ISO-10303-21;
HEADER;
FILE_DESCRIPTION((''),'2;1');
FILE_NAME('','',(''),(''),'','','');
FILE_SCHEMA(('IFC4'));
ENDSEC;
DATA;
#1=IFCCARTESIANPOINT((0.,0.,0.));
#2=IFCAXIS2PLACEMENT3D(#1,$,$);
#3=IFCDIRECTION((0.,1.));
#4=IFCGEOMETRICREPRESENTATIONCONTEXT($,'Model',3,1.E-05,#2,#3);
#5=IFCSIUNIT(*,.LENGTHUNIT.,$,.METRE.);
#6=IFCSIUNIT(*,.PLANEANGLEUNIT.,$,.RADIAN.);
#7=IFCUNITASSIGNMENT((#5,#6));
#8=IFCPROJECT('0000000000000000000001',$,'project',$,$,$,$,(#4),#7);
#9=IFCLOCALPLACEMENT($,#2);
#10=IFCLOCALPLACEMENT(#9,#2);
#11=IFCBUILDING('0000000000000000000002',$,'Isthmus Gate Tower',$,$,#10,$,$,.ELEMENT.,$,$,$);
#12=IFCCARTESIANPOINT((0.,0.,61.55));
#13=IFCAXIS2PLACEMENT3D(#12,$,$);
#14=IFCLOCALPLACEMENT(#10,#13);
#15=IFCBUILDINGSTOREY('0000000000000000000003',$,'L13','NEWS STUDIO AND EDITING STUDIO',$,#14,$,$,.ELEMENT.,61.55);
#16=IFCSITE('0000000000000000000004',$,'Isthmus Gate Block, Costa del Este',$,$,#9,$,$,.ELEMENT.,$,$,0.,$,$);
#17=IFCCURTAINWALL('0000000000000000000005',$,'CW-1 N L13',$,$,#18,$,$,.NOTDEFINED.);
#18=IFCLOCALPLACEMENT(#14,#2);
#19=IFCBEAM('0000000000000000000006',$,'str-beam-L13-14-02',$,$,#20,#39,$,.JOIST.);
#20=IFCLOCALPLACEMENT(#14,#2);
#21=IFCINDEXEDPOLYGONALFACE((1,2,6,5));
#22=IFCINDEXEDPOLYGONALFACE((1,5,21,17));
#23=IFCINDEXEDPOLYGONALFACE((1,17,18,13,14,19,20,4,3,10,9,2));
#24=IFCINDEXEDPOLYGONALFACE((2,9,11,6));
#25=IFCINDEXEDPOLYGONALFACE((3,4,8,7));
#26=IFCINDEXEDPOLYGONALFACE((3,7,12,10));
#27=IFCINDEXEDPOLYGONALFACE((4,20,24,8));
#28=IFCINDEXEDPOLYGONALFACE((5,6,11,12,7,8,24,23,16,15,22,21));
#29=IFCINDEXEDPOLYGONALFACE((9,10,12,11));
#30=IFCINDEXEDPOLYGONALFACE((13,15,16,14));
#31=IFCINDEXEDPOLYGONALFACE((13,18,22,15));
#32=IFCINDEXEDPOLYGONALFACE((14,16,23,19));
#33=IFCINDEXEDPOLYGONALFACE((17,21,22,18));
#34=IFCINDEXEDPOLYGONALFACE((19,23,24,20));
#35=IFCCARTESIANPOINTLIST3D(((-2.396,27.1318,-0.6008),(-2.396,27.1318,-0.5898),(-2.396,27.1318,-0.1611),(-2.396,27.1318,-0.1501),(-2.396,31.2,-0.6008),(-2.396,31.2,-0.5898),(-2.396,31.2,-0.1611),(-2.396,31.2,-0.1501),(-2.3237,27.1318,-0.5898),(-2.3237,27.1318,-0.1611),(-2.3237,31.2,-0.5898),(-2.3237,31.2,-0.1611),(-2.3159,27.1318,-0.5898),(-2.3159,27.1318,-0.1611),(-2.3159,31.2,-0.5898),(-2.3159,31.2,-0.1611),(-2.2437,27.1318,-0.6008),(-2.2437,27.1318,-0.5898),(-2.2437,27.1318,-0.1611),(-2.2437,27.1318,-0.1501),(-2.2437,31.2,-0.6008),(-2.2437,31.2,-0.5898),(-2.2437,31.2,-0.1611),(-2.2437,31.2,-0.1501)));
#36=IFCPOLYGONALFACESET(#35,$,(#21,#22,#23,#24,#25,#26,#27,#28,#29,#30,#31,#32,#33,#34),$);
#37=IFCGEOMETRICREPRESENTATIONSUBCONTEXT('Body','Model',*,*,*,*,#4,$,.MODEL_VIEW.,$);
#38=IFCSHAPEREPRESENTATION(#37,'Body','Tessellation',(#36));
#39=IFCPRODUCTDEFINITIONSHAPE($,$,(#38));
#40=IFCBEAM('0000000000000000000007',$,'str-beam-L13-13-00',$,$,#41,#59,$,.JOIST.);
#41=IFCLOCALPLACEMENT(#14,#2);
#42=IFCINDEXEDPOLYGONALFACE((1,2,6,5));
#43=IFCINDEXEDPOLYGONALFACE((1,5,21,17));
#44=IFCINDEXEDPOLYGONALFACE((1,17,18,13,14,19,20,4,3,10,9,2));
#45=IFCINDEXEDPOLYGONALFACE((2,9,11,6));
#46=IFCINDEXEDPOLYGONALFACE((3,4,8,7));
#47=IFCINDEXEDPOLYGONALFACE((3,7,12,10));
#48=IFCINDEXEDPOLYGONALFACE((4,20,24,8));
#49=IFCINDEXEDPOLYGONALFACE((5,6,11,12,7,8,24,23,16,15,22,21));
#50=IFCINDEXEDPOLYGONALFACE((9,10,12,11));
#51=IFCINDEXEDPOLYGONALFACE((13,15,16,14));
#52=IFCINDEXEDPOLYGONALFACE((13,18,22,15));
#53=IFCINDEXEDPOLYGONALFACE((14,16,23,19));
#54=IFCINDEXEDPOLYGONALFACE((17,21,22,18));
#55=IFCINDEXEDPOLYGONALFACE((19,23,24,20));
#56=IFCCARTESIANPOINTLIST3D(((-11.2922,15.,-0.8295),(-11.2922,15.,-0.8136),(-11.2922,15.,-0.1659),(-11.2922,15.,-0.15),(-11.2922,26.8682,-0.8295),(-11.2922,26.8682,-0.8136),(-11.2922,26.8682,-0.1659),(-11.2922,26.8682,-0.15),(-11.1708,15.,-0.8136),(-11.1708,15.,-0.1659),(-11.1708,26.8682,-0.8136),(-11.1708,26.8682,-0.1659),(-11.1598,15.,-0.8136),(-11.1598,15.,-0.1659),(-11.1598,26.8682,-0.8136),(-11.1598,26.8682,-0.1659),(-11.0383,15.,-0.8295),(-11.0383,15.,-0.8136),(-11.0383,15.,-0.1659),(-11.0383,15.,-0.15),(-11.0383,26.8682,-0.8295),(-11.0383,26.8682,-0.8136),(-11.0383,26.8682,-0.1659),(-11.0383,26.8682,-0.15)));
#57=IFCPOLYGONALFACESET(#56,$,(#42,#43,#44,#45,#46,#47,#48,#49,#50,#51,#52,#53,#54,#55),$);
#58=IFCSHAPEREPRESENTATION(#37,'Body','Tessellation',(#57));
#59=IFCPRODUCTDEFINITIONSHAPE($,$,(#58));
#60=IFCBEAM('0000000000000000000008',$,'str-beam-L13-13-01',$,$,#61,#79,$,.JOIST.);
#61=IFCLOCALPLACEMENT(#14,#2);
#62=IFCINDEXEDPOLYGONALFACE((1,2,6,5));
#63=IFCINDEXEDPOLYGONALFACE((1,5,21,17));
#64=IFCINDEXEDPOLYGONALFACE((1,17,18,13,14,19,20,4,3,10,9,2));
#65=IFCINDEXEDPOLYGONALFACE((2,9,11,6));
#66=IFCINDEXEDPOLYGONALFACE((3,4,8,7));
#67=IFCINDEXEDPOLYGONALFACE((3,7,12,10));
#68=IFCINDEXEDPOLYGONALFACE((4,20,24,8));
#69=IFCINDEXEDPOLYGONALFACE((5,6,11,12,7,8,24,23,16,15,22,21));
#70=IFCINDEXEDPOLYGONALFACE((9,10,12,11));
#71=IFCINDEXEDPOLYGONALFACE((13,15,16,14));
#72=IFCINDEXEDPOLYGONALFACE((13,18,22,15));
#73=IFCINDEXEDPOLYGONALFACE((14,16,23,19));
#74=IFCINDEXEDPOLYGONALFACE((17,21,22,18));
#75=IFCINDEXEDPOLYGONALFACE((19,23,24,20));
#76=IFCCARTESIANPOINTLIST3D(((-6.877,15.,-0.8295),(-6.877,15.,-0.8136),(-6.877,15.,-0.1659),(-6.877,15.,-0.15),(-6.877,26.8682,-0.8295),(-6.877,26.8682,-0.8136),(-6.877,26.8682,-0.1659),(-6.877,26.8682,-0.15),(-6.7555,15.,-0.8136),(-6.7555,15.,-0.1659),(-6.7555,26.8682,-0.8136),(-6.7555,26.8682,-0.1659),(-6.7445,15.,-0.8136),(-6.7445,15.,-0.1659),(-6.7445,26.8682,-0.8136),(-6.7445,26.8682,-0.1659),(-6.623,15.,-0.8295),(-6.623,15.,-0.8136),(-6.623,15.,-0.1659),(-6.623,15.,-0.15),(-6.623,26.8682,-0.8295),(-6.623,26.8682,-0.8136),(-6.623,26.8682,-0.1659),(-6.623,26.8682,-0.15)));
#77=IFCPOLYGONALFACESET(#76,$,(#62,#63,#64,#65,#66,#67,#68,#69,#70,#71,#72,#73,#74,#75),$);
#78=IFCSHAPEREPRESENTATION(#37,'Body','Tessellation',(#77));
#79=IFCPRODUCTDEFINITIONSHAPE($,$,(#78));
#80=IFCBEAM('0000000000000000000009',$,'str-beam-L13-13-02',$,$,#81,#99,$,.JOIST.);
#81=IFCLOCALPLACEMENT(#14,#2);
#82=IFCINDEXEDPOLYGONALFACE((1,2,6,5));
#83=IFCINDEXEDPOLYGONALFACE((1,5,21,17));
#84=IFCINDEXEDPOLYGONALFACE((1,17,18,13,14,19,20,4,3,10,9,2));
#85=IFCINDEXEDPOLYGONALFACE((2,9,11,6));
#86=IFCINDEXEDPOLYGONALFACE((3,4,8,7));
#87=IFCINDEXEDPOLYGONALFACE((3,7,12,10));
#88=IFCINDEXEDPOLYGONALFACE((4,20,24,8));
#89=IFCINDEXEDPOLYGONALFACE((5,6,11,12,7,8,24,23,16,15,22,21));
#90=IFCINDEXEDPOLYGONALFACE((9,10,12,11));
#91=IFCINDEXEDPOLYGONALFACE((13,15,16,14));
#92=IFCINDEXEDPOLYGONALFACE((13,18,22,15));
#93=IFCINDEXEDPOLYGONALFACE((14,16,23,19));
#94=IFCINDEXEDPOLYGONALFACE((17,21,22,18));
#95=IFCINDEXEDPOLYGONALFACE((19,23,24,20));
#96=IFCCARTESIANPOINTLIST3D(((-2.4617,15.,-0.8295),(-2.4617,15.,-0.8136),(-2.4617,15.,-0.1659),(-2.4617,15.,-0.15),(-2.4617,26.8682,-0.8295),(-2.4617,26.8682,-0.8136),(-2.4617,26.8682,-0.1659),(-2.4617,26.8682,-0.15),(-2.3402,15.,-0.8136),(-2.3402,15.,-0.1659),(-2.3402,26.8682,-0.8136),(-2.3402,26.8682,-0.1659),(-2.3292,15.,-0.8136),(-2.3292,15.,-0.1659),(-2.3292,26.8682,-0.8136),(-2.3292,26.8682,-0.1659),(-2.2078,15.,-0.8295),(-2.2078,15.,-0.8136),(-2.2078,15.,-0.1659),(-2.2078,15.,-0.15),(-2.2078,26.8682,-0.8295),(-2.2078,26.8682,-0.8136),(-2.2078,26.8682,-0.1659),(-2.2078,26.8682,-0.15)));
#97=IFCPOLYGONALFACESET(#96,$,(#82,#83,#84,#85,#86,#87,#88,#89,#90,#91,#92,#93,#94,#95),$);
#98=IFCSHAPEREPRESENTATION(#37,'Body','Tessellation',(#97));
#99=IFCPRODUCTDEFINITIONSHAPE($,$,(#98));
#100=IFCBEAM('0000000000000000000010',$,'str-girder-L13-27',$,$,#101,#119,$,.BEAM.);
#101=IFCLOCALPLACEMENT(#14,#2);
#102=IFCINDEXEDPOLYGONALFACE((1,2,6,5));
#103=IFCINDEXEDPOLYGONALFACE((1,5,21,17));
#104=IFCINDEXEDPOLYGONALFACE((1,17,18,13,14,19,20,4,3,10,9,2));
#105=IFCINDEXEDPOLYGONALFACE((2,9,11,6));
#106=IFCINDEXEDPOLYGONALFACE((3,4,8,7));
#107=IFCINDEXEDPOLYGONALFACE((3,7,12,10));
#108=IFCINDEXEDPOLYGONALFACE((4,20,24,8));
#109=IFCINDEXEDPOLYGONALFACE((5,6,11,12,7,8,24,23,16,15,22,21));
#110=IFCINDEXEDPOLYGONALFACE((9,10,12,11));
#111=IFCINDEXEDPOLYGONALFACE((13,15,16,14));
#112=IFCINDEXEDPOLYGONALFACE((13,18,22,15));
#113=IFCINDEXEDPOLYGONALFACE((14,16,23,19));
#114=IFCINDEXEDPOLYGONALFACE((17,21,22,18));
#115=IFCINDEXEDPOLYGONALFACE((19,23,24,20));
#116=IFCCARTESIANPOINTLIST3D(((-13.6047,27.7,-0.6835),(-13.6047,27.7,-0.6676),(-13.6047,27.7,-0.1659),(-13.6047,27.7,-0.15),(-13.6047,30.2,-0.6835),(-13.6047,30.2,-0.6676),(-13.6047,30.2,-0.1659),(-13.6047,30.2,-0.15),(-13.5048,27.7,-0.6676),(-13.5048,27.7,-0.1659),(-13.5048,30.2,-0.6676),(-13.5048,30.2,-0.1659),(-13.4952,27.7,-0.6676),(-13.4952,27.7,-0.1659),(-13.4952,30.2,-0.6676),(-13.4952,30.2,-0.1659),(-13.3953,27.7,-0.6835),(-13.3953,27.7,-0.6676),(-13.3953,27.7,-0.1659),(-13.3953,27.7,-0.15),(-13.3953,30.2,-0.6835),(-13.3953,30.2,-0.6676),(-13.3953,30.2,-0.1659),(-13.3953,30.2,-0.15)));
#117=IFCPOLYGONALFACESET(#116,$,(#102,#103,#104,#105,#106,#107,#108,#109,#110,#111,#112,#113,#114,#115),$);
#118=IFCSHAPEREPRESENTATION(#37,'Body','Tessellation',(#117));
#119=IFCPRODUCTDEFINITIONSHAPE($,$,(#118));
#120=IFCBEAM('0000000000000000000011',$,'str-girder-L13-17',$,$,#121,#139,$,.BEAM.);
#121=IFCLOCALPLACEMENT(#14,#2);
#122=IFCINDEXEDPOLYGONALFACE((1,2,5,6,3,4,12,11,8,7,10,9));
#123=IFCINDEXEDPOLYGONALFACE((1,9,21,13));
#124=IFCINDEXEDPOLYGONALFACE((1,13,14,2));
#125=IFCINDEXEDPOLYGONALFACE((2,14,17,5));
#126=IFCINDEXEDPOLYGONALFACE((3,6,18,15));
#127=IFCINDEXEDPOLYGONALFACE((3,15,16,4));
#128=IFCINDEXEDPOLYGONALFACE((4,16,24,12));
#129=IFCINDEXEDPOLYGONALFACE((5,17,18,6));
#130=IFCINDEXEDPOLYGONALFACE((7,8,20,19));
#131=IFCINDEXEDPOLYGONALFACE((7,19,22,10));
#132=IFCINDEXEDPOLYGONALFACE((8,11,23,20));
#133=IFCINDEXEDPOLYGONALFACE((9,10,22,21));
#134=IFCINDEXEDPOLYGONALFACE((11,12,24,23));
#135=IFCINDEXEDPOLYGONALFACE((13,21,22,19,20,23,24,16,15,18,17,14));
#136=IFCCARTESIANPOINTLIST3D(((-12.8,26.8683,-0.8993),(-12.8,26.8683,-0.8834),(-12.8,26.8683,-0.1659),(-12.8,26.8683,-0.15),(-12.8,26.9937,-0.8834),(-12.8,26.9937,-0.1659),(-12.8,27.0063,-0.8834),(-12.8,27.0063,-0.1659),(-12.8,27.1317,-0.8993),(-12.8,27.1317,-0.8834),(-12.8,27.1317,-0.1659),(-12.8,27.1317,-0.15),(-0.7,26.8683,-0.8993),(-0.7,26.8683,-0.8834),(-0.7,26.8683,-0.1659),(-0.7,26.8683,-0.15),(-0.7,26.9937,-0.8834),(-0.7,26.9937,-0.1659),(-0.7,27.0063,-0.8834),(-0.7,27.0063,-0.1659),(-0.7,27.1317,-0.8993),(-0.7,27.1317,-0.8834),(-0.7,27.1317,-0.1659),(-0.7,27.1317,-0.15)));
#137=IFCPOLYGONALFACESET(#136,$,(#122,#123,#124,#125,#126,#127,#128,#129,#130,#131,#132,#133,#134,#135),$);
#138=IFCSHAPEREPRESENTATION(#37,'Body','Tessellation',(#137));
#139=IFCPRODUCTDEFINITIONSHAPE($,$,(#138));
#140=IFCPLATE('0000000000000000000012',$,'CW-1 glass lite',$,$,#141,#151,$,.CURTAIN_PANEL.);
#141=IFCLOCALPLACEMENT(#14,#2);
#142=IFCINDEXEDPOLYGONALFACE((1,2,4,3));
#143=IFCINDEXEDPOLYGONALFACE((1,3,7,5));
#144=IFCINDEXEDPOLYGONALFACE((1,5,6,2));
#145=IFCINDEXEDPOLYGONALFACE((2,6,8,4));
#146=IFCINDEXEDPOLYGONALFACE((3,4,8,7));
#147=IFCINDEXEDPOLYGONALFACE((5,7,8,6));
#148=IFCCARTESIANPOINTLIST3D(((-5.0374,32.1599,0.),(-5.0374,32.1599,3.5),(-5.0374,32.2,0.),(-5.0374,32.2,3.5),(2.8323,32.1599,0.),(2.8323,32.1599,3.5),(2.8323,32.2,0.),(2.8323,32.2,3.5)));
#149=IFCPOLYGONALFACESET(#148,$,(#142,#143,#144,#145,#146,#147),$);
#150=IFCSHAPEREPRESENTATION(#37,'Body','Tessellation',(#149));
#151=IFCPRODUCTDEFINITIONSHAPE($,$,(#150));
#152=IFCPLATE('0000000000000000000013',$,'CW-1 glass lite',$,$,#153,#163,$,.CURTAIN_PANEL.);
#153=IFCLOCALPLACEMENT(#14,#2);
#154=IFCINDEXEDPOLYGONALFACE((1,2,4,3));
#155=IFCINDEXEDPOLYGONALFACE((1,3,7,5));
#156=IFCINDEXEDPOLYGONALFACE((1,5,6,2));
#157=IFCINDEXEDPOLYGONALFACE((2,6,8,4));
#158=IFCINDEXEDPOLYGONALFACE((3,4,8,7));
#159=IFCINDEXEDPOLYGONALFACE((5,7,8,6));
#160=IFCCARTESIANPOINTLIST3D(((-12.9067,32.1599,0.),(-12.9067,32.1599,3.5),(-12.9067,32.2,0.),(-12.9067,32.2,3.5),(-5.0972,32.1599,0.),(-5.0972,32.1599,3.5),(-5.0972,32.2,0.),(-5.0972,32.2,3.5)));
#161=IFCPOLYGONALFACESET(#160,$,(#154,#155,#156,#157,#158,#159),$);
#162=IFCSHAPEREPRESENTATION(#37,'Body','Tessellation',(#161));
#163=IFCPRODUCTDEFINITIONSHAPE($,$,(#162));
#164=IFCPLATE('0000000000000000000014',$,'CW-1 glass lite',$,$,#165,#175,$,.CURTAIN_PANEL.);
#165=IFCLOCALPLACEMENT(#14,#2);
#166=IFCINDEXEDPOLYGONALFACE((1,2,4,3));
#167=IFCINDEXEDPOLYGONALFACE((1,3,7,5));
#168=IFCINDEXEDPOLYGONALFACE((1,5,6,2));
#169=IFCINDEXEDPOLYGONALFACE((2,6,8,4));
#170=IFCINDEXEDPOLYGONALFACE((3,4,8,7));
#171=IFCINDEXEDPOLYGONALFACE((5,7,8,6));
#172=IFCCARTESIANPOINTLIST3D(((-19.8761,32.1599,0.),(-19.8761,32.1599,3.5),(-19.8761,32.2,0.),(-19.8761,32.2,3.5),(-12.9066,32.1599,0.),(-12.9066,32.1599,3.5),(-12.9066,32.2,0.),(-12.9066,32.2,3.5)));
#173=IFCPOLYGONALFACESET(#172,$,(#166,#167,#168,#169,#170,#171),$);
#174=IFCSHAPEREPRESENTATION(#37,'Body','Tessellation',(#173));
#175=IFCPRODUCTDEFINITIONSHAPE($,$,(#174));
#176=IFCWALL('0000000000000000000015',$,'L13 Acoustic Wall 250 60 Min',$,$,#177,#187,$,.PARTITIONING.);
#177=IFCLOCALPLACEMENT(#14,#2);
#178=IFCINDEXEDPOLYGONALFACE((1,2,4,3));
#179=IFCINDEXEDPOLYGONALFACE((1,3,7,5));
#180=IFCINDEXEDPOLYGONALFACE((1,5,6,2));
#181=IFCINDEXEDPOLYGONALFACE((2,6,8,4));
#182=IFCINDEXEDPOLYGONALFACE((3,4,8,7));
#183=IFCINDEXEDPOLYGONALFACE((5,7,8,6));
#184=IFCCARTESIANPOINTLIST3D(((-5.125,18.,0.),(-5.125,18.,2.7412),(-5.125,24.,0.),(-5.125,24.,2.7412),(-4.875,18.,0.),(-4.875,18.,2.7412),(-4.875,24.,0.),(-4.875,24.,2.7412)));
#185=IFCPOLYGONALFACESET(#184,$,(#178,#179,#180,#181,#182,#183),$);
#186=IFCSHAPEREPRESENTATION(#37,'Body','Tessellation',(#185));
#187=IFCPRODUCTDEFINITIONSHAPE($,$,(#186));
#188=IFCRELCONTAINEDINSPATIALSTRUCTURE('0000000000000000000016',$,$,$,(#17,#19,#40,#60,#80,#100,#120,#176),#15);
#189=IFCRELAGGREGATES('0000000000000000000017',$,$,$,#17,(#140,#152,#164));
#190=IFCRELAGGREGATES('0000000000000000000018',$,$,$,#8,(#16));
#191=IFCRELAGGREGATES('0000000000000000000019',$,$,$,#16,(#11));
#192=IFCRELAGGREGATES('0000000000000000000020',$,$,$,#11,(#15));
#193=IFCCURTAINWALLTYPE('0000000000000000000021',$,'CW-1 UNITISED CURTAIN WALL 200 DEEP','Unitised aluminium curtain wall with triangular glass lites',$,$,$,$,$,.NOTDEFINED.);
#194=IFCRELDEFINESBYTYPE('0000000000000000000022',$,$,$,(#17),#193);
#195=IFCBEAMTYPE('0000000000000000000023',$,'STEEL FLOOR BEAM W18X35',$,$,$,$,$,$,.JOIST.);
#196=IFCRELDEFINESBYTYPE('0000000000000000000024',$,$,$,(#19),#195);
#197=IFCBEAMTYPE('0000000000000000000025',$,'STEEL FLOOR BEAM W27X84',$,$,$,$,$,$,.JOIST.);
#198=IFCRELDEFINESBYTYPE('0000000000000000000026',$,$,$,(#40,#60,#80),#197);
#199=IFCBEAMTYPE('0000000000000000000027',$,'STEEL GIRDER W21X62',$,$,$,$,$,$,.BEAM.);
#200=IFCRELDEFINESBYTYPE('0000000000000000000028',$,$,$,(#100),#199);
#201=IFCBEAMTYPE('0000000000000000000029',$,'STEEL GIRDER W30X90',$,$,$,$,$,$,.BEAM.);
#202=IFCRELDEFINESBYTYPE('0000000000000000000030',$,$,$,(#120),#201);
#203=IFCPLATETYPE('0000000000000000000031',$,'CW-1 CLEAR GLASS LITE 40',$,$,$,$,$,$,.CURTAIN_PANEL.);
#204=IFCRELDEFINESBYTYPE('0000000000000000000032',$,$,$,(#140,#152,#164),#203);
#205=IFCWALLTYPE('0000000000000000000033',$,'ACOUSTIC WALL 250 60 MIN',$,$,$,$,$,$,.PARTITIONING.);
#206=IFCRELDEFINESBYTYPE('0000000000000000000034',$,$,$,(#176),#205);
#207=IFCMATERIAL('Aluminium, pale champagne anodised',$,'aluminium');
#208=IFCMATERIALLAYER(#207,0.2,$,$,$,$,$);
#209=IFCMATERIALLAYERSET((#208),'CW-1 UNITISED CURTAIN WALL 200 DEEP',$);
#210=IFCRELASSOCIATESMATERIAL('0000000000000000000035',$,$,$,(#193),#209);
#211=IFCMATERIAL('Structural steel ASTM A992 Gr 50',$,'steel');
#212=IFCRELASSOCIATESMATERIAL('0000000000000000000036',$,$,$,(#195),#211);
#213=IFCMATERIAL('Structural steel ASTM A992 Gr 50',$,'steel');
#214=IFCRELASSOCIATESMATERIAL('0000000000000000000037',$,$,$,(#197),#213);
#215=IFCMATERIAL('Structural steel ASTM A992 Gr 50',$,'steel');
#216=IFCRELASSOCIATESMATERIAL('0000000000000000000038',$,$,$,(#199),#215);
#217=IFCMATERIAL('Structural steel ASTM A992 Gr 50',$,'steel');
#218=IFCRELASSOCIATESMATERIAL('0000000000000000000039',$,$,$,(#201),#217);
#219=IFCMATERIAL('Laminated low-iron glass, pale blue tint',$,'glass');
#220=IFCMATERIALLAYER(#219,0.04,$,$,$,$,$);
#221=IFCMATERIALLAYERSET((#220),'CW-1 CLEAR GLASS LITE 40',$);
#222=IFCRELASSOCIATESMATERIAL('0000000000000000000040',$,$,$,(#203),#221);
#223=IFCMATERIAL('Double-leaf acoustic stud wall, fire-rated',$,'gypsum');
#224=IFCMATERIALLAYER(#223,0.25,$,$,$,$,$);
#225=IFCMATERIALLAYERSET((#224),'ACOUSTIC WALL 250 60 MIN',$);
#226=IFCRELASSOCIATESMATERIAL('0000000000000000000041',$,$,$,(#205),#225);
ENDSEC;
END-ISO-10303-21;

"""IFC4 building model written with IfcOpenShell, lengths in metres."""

from ifc_helpers import new_model, si_unit, direction, frame, frame_2d, origin, origin_2d, place, context, subcontext, project, spatial, rectangle, i_section, extrude, material, layer, layer_set, material_profile, profile_set, type_object, element, aggregate, save


model = new_model("IFC4")

# Units and contexts
model_context = context("Model", 3, precision=1e-05, world=origin(), true_north=direction((0.0, 1.0)))
body_context = subcontext(model_context, "Body", "Model", "MODEL_VIEW")
ifc_project = project(units=[si_unit("LENGTHUNIT", "METRE"), si_unit("PLANEANGLEUNIT", "RADIAN")], contexts=[model_context])

# Site, building, storey
site_placement = place(None, origin())
site = spatial("IfcSite", under=ifc_project, at=site_placement, Name="Isthmus Gate Block, Costa del Este", CompositionType="ELEMENT", RefElevation=0.0)
building_placement = place(site_placement, origin())
building = spatial("IfcBuilding", under=site, at=building_placement, Name="Isthmus Gate Tower", CompositionType="ELEMENT")
storey_placement = place(building_placement, frame((0.0, 0.0, 61.55)))
storey = spatial("IfcBuildingStorey", under=building, at=storey_placement, Name="L13", Description="NEWS STUDIO AND EDITING STUDIO", CompositionType="ELEMENT", Elevation=61.55)

# Curtain wall
ifc_material_1 = material(Name="Aluminium, pale champagne anodised", Category="aluminium")
ifc_layer_1 = layer(ifc_material_1, 0.2)
ifc_layer_set_1 = layer_set([ifc_layer_1], Name="CW-1 UNITISED CURTAIN WALL 200 DEEP")
curtain_wall_type = type_object("IfcCurtainWallType", Name="CW-1 UNITISED CURTAIN WALL 200 DEEP", Description="Unitised aluminium curtain wall with triangular glass lites", PredefinedType="NOTDEFINED", material=ifc_layer_set_1)
curtain_wall_placement = place(storey_placement, origin())
curtain_wall = element("IfcCurtainWall", 1, at=curtain_wall_placement, inside=storey, type_object=curtain_wall_type, Name="CW-1 N L13", PredefinedType="NOTDEFINED")

# Beams
ifc_material_2 = material(Name="Structural steel ASTM A992 Gr 50", Category="steel")
ifc_material_profile_1 = material_profile(ifc_material_2, i_section(OverallWidth=0.1523, OverallDepth=0.4507, WebThickness=0.0078, FlangeThickness=0.011, at=origin_2d()), Name="W18X35")
ifc_profile_set_1 = profile_set([ifc_material_profile_1], Name="Structural steel ASTM A992 Gr 50")
beam_type_1 = type_object("IfcBeamType", Name="STEEL FLOOR BEAM W18X35", PredefinedType="JOIST", material=ifc_profile_set_1)
for number, where, z_axis, x_axis, name in (
    (2, (-2.3198, 27.1318, -0.3755), (0.0, 1.0, 0.0), (-1.0, 0.0, 0.0), "str-beam-L13-14-02"),
):
    element("IfcBeam", number, at=place(storey_placement, frame(where, z_axis=z_axis, x_axis=x_axis)), inside=storey, type_object=beam_type_1, Name=name, PredefinedType="JOIST", context=body_context, shape_type="SweptSolid", body=[
        extrude(i_section(OverallWidth=0.1523, OverallDepth=0.4507, WebThickness=0.0078, FlangeThickness=0.011, at=origin_2d()), origin(), (0.0, 0.0, 1.0), 4.0681),
    ])
ifc_material_3 = material(Name="Structural steel ASTM A992 Gr 50", Category="steel")
ifc_material_profile_2 = material_profile(ifc_material_3, i_section(OverallWidth=0.2539, OverallDepth=0.6794, WebThickness=0.011, FlangeThickness=0.0159, at=origin_2d()), Name="W27X84")
ifc_profile_set_2 = profile_set([ifc_material_profile_2], Name="Structural steel ASTM A992 Gr 50")
beam_type_2 = type_object("IfcBeamType", Name="STEEL FLOOR BEAM W27X84", PredefinedType="JOIST", material=ifc_profile_set_2)
for number, where, z_axis, x_axis, name in (
    (3, (-11.1653, 15.0, -0.4897), (0.0, 1.0, 0.0), (-1.0, 0.0, 0.0), "str-beam-L13-13-00"),
    (4, (-6.75, 15.0, -0.4897), (0.0, 1.0, 0.0), (-1.0, 0.0, 0.0), "str-beam-L13-13-01"),
    (5, (-2.3347, 15.0, -0.4897), (0.0, 1.0, 0.0), (-1.0, 0.0, 0.0), "str-beam-L13-13-02"),
):
    element("IfcBeam", number, at=place(storey_placement, frame(where, z_axis=z_axis, x_axis=x_axis)), inside=storey, type_object=beam_type_2, Name=name, PredefinedType="JOIST", context=body_context, shape_type="SweptSolid", body=[
        extrude(i_section(OverallWidth=0.2539, OverallDepth=0.6794, WebThickness=0.011, FlangeThickness=0.0159, at=origin_2d()), origin(), (0.0, 0.0, 1.0), 11.8682),
    ])
ifc_material_4 = material(Name="Structural steel ASTM A992 Gr 50", Category="steel")
ifc_material_profile_3 = material_profile(ifc_material_4, i_section(OverallWidth=0.2095, OverallDepth=0.5334, WebThickness=0.0095, FlangeThickness=0.0159, at=origin_2d()), Name="W21X62")
ifc_profile_set_3 = profile_set([ifc_material_profile_3], Name="Structural steel ASTM A992 Gr 50")
beam_type_3 = type_object("IfcBeamType", Name="STEEL GIRDER W21X62", PredefinedType="BEAM", material=ifc_profile_set_3)
beam_1_placement = place(storey_placement, frame((-13.5, 27.7, -0.4167), z_axis=(0.0, 1.0, 0.0), x_axis=(-1.0, 0.0, 0.0)))
element("IfcBeam", 6, at=beam_1_placement, inside=storey, type_object=beam_type_3, Name="str-girder-L13-27", PredefinedType="BEAM", context=body_context, shape_type="SweptSolid", body=[
    extrude(i_section(OverallWidth=0.2095, OverallDepth=0.5334, WebThickness=0.0095, FlangeThickness=0.0159, at=origin_2d()), origin(), (0.0, 0.0, 1.0), 2.5),
])
ifc_material_5 = material(Name="Structural steel ASTM A992 Gr 50", Category="steel")
ifc_material_profile_4 = material_profile(ifc_material_5, i_section(OverallWidth=0.2634, OverallDepth=0.7493, WebThickness=0.0127, FlangeThickness=0.0159, at=origin_2d()), Name="W30X90")
ifc_profile_set_4 = profile_set([ifc_material_profile_4], Name="Structural steel ASTM A992 Gr 50")
beam_type_4 = type_object("IfcBeamType", Name="STEEL GIRDER W30X90", PredefinedType="BEAM", material=ifc_profile_set_4)
beam_2_placement = place(storey_placement, frame((-12.8, 27.0, -0.5247), z_axis=(1.0, 0.0, 0.0), x_axis=(0.0, 1.0, 0.0)))
element("IfcBeam", 7, at=beam_2_placement, inside=storey, type_object=beam_type_4, Name="str-girder-L13-17", PredefinedType="BEAM", context=body_context, shape_type="SweptSolid", body=[
    extrude(i_section(OverallWidth=0.2634, OverallDepth=0.7493, WebThickness=0.0127, FlangeThickness=0.0159, at=origin_2d()), origin(), (0.0, 0.0, 1.0), 12.1001),
])

# Plates
ifc_material_6 = material(Name="Laminated low-iron glass, pale blue tint", Category="glass")
ifc_layer_2 = layer(ifc_material_6, 0.04)
ifc_layer_set_2 = layer_set([ifc_layer_2], Name="CW-1 CLEAR GLASS LITE 40")
plate_type = type_object("IfcPlateType", Name="CW-1 CLEAR GLASS LITE 40", PredefinedType="CURTAIN_PANEL", material=ifc_layer_set_2)
plate_1_placement = place(storey_placement, frame((-1.1025, 32.1799, 0.0), z_axis=(0.0, 0.0, 1.0), x_axis=(-1.0, 0.0, 0.0)))
plate_1 = element("IfcPlate", 8, at=plate_1_placement, type_object=plate_type, Name="CW-1 glass lite", PredefinedType="CURTAIN_PANEL", context=body_context, shape_type="SweptSolid", body=[
    extrude(rectangle(XDim=7.8696, YDim=0.04, at=origin_2d()), origin(), (0.0, 0.0, 1.0), 3.5),
])
plate_2_placement = place(storey_placement, frame((-9.002, 32.1799, 0.0), z_axis=(0.0, 0.0, 1.0), x_axis=(-1.0, 0.0, 0.0)))
plate_2 = element("IfcPlate", 9, at=plate_2_placement, type_object=plate_type, Name="CW-1 glass lite", PredefinedType="CURTAIN_PANEL", context=body_context, shape_type="SweptSolid", body=[
    extrude(rectangle(XDim=7.8096, YDim=0.04, at=origin_2d()), origin(), (0.0, 0.0, 1.0), 3.5),
])
plate_3_placement = place(storey_placement, frame((-16.3914, 32.1799, 0.0), z_axis=(0.0, 0.0, 1.0), x_axis=(-1.0, 0.0, 0.0)))
plate_3 = element("IfcPlate", 10, at=plate_3_placement, type_object=plate_type, Name="CW-1 glass lite", PredefinedType="CURTAIN_PANEL", context=body_context, shape_type="SweptSolid", body=[
    extrude(rectangle(XDim=6.9695, YDim=0.04, at=origin_2d()), origin(), (0.0, 0.0, 1.0), 3.5),
])
aggregate(curtain_wall, [plate_1, plate_2, plate_3])

# Wall
ifc_material_7 = material(Name="Double-leaf acoustic stud wall, fire-rated", Category="gypsum")
ifc_layer_3 = layer(ifc_material_7, 0.25)
ifc_layer_set_3 = layer_set([ifc_layer_3], Name="ACOUSTIC WALL 250 60 MIN")
wall_type_1 = type_object("IfcWallType", Name="ACOUSTIC WALL 250 60 MIN", PredefinedType="PARTITIONING", material=ifc_layer_set_3)
wall_1_placement = place(storey_placement, frame((-5.0, 24.0, 0.0), z_axis=(0.0, 0.0, 1.0), x_axis=(0.0, -1.0, 0.0)))
element("IfcWall", 11, at=wall_1_placement, inside=storey, type_object=wall_type_1, Name="L13 Acoustic Wall 250 60 Min", PredefinedType="PARTITIONING", context=body_context, shape_type="SweptSolid", body=[
    extrude(rectangle(XDim=6.0, YDim=0.25, at=frame_2d((3.0, 0.0))), origin(), (0.0, 0.0, 1.0), 2.7412),
])

save(model, "model.ifc")
